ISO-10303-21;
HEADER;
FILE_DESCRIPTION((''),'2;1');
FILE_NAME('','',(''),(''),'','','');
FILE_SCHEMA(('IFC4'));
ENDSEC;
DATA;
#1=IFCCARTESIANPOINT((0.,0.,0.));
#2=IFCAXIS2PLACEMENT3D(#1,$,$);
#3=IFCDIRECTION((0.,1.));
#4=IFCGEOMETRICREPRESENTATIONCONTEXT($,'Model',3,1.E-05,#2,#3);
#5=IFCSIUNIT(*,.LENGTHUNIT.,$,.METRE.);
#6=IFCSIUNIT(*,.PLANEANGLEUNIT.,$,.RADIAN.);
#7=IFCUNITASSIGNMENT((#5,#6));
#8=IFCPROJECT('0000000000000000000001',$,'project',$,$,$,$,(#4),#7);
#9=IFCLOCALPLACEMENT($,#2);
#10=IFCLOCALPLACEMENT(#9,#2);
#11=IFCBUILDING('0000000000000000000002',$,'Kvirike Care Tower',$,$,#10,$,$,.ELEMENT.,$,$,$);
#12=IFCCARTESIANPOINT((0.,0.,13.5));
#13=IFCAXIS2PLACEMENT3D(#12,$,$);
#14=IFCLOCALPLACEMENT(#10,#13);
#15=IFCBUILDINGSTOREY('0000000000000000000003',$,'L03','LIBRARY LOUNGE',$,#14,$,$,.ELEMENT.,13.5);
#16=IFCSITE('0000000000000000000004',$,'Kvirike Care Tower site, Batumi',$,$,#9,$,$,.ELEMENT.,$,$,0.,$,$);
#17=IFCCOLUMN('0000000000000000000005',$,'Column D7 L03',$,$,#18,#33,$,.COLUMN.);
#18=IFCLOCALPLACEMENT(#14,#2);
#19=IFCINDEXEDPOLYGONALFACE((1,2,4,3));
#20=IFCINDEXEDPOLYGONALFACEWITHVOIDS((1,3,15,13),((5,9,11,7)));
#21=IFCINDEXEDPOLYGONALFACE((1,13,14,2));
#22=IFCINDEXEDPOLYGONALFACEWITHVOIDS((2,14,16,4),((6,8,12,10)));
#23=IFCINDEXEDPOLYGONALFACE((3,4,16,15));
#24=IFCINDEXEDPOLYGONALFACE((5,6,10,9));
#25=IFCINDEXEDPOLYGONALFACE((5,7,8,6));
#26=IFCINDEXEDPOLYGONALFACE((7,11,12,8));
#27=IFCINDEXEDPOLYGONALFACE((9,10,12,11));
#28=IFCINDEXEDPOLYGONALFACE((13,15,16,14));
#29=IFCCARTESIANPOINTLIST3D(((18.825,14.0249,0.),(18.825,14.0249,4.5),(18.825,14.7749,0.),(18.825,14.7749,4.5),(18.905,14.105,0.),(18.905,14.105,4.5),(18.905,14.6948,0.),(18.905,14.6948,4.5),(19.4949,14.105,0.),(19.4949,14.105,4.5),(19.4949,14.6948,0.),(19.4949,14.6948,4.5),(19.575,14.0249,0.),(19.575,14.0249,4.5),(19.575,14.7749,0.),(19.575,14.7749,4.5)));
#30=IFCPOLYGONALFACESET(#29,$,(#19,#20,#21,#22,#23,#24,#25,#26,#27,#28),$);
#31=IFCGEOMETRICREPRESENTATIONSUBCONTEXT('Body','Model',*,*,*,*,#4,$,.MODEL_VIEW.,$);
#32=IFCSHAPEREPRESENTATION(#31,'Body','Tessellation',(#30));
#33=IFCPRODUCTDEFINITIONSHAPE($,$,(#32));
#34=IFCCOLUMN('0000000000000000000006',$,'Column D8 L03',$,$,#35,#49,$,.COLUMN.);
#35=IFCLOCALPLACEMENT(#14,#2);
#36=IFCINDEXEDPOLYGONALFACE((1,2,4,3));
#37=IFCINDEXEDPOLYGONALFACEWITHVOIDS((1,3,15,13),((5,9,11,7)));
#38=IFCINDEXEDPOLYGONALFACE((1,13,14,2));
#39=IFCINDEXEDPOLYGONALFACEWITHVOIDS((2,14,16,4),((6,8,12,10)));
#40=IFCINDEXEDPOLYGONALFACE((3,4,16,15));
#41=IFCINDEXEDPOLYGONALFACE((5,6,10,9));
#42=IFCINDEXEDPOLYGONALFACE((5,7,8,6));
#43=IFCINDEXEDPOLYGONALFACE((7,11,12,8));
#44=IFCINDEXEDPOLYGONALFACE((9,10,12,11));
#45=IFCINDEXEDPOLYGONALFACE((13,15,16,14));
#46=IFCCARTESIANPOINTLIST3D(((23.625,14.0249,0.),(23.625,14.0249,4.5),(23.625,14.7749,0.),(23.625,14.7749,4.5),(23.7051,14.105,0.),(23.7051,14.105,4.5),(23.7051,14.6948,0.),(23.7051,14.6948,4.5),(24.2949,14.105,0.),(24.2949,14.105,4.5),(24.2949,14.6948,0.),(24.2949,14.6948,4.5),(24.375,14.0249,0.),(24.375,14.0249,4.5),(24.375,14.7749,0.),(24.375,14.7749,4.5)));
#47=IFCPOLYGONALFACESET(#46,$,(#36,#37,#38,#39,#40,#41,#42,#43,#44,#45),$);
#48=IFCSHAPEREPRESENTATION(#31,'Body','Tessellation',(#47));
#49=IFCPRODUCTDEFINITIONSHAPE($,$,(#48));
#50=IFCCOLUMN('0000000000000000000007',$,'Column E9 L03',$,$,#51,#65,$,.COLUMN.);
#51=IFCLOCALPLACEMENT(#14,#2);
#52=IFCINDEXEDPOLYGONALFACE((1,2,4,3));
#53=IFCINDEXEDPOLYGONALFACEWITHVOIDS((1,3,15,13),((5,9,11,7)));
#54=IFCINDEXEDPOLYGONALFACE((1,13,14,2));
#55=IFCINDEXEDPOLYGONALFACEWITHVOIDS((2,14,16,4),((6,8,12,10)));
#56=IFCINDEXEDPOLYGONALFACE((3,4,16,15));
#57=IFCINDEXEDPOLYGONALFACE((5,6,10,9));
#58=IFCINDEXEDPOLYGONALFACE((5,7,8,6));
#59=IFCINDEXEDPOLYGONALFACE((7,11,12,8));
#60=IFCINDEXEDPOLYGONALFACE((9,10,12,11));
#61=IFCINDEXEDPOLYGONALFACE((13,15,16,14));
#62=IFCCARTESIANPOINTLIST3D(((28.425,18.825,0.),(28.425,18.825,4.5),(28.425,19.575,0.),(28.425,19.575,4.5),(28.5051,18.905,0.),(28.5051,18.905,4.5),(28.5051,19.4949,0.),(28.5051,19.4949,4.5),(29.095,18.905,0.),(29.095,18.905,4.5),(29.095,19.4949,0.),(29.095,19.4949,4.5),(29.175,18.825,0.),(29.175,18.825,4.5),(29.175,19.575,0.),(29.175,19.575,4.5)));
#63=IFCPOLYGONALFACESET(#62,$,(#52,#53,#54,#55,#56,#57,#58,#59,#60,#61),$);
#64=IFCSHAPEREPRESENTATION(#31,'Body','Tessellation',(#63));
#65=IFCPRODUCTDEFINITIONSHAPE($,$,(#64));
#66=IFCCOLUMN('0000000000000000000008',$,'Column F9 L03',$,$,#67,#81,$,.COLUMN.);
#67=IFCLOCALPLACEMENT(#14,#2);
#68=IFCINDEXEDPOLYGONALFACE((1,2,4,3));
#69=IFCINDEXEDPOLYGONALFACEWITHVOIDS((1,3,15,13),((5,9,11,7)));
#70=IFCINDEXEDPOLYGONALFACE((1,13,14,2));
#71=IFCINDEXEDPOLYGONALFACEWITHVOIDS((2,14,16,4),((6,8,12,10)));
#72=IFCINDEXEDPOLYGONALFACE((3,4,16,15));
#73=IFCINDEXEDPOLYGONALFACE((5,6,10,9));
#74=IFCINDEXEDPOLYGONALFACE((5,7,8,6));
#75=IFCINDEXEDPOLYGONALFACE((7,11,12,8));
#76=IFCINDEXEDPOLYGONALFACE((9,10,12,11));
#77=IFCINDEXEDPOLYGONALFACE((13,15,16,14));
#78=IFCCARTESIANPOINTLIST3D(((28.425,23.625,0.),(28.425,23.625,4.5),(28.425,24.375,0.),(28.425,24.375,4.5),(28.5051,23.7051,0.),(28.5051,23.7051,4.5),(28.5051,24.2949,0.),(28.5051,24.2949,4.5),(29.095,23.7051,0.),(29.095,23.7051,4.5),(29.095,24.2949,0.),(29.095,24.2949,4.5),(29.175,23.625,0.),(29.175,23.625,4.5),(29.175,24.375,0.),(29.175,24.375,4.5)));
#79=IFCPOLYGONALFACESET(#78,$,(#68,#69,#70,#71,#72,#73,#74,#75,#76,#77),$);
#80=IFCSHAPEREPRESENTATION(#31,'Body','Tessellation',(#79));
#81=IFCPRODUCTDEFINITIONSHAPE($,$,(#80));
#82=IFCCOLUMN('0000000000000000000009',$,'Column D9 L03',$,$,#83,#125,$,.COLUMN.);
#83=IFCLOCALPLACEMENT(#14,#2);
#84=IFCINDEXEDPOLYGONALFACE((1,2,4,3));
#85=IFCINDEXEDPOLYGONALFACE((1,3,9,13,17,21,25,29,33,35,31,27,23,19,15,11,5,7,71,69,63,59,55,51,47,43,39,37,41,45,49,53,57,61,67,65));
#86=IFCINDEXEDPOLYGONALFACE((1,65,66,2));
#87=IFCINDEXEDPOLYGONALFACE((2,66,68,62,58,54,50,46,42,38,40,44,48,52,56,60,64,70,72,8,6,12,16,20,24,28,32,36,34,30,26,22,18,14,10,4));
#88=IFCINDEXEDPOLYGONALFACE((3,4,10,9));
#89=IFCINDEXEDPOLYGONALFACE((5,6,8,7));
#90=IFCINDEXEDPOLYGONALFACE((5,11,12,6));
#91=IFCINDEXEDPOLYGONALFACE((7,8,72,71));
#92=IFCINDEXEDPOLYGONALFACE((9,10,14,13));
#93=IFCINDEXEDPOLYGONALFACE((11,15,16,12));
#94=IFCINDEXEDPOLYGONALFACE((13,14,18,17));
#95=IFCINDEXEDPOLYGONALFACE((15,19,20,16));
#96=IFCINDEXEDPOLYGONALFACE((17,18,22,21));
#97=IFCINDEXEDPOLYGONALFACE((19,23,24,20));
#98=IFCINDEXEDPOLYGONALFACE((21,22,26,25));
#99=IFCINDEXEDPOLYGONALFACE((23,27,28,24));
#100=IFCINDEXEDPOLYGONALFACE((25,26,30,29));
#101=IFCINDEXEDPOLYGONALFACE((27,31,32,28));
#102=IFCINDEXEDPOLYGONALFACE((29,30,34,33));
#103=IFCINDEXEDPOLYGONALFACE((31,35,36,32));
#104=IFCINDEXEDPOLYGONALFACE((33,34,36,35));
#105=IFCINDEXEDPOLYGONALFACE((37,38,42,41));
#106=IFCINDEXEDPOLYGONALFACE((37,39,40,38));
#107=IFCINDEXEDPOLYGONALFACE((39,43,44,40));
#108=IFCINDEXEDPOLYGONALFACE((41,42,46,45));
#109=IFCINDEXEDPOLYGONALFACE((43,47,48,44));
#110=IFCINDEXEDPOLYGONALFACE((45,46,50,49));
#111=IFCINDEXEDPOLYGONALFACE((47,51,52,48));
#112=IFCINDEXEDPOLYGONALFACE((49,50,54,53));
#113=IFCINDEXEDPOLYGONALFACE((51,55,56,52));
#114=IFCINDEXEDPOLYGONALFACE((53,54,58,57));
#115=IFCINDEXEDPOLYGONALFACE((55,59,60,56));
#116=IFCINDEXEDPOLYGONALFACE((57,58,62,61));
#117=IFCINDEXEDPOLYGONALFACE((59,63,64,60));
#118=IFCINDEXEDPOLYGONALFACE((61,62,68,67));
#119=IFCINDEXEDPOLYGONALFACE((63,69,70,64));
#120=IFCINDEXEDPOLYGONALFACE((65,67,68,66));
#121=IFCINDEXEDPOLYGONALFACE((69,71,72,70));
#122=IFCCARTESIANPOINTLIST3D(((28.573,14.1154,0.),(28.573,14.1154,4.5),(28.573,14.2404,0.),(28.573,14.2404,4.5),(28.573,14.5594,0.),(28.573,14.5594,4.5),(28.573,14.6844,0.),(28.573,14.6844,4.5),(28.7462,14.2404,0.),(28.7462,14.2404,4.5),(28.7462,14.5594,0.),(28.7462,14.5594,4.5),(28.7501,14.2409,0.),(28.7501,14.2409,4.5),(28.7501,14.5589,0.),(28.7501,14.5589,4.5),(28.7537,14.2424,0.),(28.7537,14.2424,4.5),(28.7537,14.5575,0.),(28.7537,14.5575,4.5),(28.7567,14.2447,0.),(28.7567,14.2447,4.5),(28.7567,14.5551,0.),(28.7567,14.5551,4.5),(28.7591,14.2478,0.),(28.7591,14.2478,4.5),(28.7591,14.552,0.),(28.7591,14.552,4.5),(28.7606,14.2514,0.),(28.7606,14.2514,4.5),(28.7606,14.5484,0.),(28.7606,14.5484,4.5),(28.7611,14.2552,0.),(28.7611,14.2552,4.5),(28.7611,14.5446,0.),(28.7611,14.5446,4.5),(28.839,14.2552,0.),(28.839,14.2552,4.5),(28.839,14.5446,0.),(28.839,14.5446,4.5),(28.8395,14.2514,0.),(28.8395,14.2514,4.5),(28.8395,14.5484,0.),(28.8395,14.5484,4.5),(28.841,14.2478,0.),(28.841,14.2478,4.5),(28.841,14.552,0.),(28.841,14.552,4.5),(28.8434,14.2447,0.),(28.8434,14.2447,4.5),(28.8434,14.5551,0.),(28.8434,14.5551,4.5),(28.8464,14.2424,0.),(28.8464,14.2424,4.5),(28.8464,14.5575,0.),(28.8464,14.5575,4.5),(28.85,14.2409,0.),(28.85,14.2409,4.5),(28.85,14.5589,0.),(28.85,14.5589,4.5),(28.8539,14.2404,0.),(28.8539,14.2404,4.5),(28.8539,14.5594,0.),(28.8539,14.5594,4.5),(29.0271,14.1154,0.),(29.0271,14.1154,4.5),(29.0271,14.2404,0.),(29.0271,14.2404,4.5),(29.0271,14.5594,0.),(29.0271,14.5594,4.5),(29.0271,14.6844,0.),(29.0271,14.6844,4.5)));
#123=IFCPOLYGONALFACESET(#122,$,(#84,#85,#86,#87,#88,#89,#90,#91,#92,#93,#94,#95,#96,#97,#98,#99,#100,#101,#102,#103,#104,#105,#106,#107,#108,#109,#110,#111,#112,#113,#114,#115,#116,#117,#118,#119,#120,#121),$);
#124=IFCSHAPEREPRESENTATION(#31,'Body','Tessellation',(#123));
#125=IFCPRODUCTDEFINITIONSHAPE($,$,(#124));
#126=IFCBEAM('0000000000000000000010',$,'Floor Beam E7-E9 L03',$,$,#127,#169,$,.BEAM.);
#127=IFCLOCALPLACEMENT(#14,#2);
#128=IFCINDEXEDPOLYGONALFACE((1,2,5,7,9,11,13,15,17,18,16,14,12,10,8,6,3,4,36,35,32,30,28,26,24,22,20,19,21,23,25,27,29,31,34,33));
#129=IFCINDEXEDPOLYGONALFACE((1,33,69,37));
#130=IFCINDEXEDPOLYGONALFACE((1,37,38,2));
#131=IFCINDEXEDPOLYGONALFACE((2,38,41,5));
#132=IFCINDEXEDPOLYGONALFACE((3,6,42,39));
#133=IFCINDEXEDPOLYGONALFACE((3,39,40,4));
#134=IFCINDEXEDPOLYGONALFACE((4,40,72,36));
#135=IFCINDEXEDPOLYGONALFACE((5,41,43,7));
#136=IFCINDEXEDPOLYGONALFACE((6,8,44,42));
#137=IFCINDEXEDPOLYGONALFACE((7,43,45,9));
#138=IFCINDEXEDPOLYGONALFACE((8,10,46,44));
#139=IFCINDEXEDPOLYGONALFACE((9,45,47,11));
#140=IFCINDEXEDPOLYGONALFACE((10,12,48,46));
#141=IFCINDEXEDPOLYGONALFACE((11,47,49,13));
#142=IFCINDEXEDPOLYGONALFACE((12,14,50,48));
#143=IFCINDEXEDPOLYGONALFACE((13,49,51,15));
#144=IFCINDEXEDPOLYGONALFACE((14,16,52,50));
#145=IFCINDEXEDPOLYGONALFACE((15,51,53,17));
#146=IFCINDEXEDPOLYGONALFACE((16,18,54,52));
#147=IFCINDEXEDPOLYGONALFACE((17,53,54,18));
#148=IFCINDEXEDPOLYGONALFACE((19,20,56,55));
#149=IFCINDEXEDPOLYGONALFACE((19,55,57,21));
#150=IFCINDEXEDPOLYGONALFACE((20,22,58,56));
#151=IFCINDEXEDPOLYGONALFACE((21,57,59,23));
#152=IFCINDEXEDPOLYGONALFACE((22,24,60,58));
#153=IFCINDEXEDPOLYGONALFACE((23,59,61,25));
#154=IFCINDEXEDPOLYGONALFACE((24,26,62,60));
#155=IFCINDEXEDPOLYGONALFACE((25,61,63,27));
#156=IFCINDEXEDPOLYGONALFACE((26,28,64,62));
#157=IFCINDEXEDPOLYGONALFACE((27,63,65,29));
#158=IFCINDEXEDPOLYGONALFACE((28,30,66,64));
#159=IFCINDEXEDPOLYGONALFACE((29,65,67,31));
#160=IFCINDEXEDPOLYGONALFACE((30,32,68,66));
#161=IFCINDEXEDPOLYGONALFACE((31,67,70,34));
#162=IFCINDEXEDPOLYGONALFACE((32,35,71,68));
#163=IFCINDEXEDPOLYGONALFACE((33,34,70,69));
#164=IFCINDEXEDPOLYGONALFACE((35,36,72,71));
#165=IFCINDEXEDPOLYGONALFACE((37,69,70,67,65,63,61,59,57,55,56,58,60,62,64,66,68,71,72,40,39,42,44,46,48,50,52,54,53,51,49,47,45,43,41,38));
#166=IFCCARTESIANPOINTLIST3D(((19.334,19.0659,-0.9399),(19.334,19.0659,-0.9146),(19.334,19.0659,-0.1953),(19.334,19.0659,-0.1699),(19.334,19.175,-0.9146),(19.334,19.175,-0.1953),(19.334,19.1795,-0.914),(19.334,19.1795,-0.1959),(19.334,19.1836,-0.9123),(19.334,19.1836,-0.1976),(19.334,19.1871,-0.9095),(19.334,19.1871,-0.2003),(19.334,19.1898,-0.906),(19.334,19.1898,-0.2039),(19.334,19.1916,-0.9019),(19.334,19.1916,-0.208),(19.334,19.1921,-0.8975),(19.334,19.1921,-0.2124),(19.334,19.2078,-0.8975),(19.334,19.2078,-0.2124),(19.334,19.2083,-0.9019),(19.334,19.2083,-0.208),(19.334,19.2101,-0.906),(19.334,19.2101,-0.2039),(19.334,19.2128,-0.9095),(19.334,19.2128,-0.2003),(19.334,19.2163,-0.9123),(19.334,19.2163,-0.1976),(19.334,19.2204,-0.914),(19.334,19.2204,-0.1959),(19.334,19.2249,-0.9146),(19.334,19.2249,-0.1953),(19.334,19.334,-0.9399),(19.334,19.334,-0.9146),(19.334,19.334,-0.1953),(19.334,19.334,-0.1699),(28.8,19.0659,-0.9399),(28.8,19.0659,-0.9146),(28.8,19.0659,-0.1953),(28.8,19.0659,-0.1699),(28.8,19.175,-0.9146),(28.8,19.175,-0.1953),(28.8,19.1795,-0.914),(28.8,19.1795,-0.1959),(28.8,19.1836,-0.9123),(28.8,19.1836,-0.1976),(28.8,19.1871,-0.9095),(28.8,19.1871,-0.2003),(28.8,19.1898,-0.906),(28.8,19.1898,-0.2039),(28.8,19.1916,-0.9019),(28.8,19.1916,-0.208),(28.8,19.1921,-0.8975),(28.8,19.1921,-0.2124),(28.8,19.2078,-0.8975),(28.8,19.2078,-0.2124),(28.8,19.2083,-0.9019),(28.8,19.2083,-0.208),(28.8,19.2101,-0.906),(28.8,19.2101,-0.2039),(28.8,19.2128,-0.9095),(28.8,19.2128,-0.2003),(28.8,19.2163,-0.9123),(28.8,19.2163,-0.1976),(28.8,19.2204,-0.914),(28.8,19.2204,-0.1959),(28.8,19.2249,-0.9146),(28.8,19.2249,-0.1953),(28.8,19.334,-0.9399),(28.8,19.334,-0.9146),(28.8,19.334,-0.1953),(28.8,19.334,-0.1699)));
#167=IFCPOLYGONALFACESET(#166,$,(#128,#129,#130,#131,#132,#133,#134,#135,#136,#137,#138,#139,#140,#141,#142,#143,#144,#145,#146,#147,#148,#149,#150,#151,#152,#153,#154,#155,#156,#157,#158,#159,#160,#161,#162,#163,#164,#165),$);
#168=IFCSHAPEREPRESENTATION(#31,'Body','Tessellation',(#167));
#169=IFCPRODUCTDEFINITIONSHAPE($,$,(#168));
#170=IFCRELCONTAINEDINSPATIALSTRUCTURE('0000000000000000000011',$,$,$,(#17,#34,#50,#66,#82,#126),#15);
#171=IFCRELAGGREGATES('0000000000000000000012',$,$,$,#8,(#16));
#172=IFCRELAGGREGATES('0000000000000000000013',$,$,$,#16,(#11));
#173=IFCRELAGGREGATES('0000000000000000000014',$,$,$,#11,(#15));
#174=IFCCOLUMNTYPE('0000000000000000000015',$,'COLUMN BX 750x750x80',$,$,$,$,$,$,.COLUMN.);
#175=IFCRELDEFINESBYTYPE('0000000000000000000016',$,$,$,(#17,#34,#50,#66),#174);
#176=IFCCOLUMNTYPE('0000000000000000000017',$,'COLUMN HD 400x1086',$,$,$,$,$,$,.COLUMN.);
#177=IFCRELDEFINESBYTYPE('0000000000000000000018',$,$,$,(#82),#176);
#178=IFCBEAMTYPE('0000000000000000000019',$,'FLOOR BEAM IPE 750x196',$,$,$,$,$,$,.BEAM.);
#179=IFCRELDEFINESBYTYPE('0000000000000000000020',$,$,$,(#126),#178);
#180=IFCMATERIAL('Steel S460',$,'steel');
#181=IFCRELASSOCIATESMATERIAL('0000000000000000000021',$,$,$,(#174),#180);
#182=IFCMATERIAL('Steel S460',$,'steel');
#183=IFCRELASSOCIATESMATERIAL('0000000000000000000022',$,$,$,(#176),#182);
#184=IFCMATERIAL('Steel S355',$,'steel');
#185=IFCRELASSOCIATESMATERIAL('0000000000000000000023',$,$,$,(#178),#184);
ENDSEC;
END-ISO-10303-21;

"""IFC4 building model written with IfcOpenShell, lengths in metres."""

from ifc_helpers import new_model, si_unit, direction, frame, origin, origin_2d, place, context, subcontext, project, spatial, hollow_rectangle, i_section, extrude, material, material_profile, profile_set, type_object, element, save


model = new_model("IFC4")

# Units and contexts
model_context = context("Model", 3, precision=1e-05, world=origin(), true_north=direction((0.0, 1.0)))
body_context = subcontext(model_context, "Body", "Model", "MODEL_VIEW")
ifc_project = project(units=[si_unit("LENGTHUNIT", "METRE"), si_unit("PLANEANGLEUNIT", "RADIAN")], contexts=[model_context])

# Site, building, storey
site_placement = place(None, origin())
site = spatial("IfcSite", under=ifc_project, at=site_placement, Name="Kvirike Care Tower site, Batumi", CompositionType="ELEMENT", RefElevation=0.0)
building_placement = place(site_placement, origin())
building = spatial("IfcBuilding", under=site, at=building_placement, Name="Kvirike Care Tower", CompositionType="ELEMENT")
storey_placement = place(building_placement, frame((0.0, 0.0, 13.5)))
storey = spatial("IfcBuildingStorey", under=building, at=storey_placement, Name="L03", Description="LIBRARY LOUNGE", CompositionType="ELEMENT", Elevation=13.5)

# Columns
ifc_material_1 = material(Name="Steel S460", Category="steel")
ifc_material_profile_1 = material_profile(ifc_material_1, hollow_rectangle(XDim=0.75, YDim=0.75, WallThickness=0.0801, at=origin_2d()), Name="BX 750x750x80")
ifc_profile_set_1 = profile_set([ifc_material_profile_1], Name="Steel S460")
column_type_1 = type_object("IfcColumnType", Name="COLUMN BX 750x750x80", PredefinedType="COLUMN", material=ifc_profile_set_1)
for number, where, z_axis, x_axis, name in (
    (1, (19.2, 14.3999, 0.0), (0.0, 0.0, 1.0), (1.0, 0.0, 0.0), "Column D7 L03"),
    (2, (24.0, 14.3999, 0.0), (0.0, 0.0, 1.0), (1.0, 0.0, 0.0), "Column D8 L03"),
    (3, (28.8, 19.2, 0.0), (0.0, 0.0, 1.0), (1.0, 0.0, 0.0), "Column E9 L03"),
    (4, (28.8, 24.0, 0.0), (0.0, 0.0, 1.0), (1.0, 0.0, 0.0), "Column F9 L03"),
):
    element("IfcColumn", number, at=place(storey_placement, frame(where, z_axis=z_axis, x_axis=x_axis)), inside=storey, type_object=column_type_1, Name=name, PredefinedType="COLUMN", context=body_context, shape_type="SweptSolid", body=[
        extrude(hollow_rectangle(XDim=0.75, YDim=0.75, WallThickness=0.0801, at=origin_2d()), origin(), (0.0, 0.0, 1.0), 4.5),
    ])
ifc_material_2 = material(Name="Steel S460", Category="steel")
ifc_material_profile_2 = material_profile(ifc_material_2, i_section(OverallWidth=0.4541, OverallDepth=0.5691, WebThickness=0.0779, FlangeThickness=0.125, FilletRadius=0.0149, at=origin_2d()), Name="HD 400x1086")
ifc_profile_set_2 = profile_set([ifc_material_profile_2], Name="Steel S460")
column_type_2 = type_object("IfcColumnType", Name="COLUMN HD 400x1086", PredefinedType="COLUMN", material=ifc_profile_set_2)
column_placement = place(storey_placement, frame((28.8, 14.3999, 0.0), z_axis=(0.0, 0.0, 1.0), x_axis=(1.0, 0.0, 0.0)))
element("IfcColumn", 5, at=column_placement, inside=storey, type_object=column_type_2, Name="Column D9 L03", PredefinedType="COLUMN", context=body_context, shape_type="SweptSolid", body=[
    extrude(i_section(OverallWidth=0.4541, OverallDepth=0.5691, WebThickness=0.0779, FlangeThickness=0.125, FilletRadius=0.0149, at=origin_2d()), origin(), (0.0, 0.0, 1.0), 4.5),
])

# Beam
ifc_material_3 = material(Name="Steel S355", Category="steel")
ifc_material_profile_3 = material_profile(ifc_material_3, i_section(OverallWidth=0.2681, OverallDepth=0.77, WebThickness=0.0156, FlangeThickness=0.0254, FilletRadius=0.0171, at=origin_2d()), Name="IPE 750x196")
ifc_profile_set_3 = profile_set([ifc_material_profile_3], Name="Steel S355")
beam_type_1 = type_object("IfcBeamType", Name="FLOOR BEAM IPE 750x196", PredefinedType="BEAM", material=ifc_profile_set_3)
beam_1_placement = place(storey_placement, frame((19.334, 19.2, -0.5549), z_axis=(1.0, 0.0, 0.0), x_axis=(0.0, 1.0, 0.0)))
element("IfcBeam", 6, at=beam_1_placement, inside=storey, type_object=beam_type_1, Name="Floor Beam E7-E9 L03", PredefinedType="BEAM", context=body_context, shape_type="SweptSolid", body=[
    extrude(i_section(OverallWidth=0.2681, OverallDepth=0.77, WebThickness=0.0156, FlangeThickness=0.0254, FilletRadius=0.0171, at=origin_2d()), origin(), (0.0, 0.0, 1.0), 9.4661),
])

save(model, "model.ifc")
